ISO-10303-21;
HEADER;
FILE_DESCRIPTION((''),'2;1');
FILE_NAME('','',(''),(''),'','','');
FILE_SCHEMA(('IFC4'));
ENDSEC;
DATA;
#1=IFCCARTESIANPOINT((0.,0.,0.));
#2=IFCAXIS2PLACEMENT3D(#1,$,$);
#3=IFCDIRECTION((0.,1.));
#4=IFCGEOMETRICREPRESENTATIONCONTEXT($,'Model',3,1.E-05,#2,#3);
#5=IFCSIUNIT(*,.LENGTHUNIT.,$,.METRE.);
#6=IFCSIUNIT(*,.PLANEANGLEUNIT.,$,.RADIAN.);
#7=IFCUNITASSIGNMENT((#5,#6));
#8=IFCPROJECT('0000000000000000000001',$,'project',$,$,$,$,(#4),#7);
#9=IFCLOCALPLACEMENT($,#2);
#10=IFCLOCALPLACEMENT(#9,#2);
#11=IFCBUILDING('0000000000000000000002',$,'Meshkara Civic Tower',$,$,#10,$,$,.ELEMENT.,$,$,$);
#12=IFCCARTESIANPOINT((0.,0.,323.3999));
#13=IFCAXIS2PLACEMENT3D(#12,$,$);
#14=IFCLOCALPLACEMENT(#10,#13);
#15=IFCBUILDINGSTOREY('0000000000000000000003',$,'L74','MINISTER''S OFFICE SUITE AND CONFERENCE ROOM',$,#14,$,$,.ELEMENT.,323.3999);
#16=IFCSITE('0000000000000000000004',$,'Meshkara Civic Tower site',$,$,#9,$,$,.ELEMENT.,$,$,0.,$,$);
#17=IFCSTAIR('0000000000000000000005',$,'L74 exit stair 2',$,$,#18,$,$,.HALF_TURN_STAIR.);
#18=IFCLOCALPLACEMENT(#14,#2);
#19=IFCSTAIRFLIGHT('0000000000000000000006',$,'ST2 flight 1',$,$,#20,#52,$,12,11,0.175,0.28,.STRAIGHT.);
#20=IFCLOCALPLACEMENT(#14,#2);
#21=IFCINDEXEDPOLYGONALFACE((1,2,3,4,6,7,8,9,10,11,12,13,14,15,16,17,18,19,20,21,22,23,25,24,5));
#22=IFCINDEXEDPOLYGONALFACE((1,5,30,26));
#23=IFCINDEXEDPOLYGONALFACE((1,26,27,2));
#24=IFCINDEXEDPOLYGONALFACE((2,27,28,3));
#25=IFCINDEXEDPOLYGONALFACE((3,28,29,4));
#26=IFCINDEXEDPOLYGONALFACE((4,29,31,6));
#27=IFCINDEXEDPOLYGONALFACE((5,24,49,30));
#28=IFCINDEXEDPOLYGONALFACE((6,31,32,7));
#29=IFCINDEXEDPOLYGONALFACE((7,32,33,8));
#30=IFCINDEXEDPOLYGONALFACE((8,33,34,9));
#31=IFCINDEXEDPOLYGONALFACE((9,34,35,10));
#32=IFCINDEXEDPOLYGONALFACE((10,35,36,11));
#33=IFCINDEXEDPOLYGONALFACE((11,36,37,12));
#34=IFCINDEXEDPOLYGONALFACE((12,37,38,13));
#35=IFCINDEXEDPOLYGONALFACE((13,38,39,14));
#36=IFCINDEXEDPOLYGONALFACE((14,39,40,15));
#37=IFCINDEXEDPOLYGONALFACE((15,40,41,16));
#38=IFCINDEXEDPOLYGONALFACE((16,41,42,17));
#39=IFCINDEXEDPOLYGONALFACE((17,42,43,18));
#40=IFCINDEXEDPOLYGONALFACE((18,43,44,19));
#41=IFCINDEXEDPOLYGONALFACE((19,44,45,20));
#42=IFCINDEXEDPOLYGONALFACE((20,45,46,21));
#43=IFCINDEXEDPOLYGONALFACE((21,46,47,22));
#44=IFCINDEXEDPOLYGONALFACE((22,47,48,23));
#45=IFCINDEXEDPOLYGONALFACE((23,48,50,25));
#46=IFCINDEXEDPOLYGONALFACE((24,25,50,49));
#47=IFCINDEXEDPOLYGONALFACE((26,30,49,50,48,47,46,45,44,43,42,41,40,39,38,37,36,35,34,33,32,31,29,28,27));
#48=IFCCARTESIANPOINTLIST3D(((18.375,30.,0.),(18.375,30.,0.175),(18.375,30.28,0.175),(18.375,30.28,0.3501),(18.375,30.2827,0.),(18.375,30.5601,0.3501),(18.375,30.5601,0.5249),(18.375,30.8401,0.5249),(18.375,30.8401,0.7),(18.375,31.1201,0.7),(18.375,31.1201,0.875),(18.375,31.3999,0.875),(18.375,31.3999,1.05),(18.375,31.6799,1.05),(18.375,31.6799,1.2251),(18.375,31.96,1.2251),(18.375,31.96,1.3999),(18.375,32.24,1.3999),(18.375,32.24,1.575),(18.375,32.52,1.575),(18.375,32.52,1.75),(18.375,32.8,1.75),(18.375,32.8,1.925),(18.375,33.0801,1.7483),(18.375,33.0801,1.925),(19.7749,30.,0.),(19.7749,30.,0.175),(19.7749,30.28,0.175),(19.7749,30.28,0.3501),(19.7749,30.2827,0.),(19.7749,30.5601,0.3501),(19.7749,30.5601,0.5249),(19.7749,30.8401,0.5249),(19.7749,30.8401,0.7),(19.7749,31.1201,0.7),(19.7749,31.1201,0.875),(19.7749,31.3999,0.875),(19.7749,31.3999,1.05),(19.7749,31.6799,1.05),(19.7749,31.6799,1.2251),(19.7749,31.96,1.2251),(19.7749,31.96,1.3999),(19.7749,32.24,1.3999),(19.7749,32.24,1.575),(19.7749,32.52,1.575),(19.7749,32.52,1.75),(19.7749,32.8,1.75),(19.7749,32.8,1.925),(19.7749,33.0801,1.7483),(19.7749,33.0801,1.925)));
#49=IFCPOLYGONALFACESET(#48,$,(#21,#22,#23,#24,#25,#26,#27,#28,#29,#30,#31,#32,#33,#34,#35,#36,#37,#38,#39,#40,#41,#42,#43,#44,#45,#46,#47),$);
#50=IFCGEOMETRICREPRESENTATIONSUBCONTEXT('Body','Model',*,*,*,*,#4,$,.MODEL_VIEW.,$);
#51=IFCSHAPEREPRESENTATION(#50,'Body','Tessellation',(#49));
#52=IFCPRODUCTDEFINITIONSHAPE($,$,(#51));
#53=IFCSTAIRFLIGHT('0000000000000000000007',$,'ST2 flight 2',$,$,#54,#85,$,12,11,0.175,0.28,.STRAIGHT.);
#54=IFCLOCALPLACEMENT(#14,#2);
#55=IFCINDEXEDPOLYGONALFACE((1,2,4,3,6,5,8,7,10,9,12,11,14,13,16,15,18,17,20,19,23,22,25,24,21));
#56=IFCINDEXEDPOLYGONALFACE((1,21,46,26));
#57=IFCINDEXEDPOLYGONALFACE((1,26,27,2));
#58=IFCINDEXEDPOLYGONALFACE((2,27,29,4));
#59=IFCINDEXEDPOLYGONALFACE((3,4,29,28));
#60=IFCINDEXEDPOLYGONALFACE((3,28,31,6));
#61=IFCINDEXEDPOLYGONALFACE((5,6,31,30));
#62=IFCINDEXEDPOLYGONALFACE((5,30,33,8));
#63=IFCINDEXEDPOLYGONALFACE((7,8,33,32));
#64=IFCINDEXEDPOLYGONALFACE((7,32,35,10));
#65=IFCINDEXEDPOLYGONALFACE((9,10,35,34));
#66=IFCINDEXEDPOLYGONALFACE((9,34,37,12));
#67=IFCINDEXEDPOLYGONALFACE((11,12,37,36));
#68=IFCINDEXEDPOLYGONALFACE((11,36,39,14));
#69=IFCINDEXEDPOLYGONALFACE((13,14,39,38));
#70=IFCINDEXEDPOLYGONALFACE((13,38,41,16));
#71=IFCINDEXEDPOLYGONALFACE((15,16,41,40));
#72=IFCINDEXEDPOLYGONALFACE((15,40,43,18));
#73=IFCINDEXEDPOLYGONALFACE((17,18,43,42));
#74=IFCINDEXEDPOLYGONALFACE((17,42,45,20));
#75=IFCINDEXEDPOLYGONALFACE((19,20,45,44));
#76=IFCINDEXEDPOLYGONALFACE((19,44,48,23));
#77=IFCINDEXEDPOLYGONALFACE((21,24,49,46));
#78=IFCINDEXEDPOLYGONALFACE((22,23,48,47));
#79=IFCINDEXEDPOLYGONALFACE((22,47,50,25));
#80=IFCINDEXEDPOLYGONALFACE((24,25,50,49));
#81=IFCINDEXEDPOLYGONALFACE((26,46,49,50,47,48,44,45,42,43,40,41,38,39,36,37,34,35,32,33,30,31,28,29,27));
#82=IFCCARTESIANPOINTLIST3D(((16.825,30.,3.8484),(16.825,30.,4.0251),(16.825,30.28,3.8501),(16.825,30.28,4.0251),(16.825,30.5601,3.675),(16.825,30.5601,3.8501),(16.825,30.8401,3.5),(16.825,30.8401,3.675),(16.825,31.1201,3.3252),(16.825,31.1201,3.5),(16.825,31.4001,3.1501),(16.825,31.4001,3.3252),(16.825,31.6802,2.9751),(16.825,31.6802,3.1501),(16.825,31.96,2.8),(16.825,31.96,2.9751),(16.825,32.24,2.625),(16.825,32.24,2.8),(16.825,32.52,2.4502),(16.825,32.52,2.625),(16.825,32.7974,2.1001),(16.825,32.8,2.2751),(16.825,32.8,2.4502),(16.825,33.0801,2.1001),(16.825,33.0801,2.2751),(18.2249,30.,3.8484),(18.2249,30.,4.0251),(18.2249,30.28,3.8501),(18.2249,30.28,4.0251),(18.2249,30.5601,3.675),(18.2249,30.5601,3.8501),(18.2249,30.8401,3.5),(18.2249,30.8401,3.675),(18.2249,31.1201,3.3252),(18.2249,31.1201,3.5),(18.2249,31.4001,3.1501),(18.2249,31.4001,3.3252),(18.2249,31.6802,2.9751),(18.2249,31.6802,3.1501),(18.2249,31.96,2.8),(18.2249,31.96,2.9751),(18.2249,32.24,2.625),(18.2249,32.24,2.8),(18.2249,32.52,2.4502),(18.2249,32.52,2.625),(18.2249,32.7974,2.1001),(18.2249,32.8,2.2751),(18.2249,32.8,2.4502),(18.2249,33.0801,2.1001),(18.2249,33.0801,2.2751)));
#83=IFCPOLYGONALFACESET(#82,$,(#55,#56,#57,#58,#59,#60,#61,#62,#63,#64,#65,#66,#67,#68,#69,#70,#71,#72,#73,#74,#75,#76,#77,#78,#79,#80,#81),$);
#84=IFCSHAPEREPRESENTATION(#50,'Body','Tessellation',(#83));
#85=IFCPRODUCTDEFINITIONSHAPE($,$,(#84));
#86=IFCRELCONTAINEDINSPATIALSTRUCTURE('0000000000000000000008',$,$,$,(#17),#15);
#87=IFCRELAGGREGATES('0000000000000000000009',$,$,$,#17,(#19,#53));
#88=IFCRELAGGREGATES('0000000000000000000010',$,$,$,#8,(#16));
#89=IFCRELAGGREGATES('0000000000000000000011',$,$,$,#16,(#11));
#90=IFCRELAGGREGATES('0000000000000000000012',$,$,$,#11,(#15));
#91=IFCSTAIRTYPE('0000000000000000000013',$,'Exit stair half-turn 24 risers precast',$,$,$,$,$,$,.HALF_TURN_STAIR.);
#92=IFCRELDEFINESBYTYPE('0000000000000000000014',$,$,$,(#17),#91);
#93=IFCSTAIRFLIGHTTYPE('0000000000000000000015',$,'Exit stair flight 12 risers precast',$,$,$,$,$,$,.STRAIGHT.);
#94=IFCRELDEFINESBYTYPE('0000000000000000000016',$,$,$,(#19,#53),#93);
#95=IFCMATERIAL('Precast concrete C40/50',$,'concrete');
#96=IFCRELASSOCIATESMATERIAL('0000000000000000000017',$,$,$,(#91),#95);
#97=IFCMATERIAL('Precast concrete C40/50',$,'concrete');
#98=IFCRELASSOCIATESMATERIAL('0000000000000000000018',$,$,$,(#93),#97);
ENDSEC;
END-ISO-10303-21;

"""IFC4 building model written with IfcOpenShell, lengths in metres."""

from ifc_helpers import new_model, si_unit, direction, frame, origin, place, context, subcontext, project, spatial, polyline, outline, extrude, material, type_object, element, aggregate, save


model = new_model("IFC4")

# Units and contexts
model_context = context("Model", 3, precision=1e-05, world=origin(), true_north=direction((0.0, 1.0)))
body_context = subcontext(model_context, "Body", "Model", "MODEL_VIEW")
ifc_project = project(units=[si_unit("LENGTHUNIT", "METRE"), si_unit("PLANEANGLEUNIT", "RADIAN")], contexts=[model_context])

# Site, building, storey
site_placement = place(None, origin())
site = spatial("IfcSite", under=ifc_project, at=site_placement, Name="Meshkara Civic Tower site", CompositionType="ELEMENT", RefElevation=0.0)
building_placement = place(site_placement, origin())
building = spatial("IfcBuilding", under=site, at=building_placement, Name="Meshkara Civic Tower", CompositionType="ELEMENT")
storey_placement = place(building_placement, frame((0.0, 0.0, 323.3999)))
storey = spatial("IfcBuildingStorey", under=building, at=storey_placement, Name="L74", Description="MINISTER'S OFFICE SUITE AND CONFERENCE ROOM", CompositionType="ELEMENT", Elevation=323.3999)

# Shared definitions
ifc_material_1 = material(Name="Precast concrete C40/50", Category="concrete")
stair_type = type_object("IfcStairType", Name="Exit stair half-turn 24 risers precast", PredefinedType="HALF_TURN_STAIR", material=ifc_material_1)
ifc_material_2 = material(Name="Precast concrete C40/50", Category="concrete")
stair_flight_type = type_object("IfcStairFlightType", Name="Exit stair flight 12 risers precast", PredefinedType="STRAIGHT", material=ifc_material_2)

# Stair, stair flights
stair_1_placement = place(storey_placement, origin())
stair_1 = element("IfcStair", 1, at=stair_1_placement, inside=storey, type_object=stair_type, Name="L74 exit stair 2", PredefinedType="HALF_TURN_STAIR")
stair_flight_1_placement = place(storey_placement, frame((19.075, 30.0, 0.0), z_axis=(0.0, 0.0, 1.0), x_axis=(0.0, 1.0, 0.0)))
stair_flight_1 = element("IfcStairFlight", 2, at=stair_flight_1_placement, type_object=stair_flight_type, Name="ST2 flight 1", NumberOfRisers=12, NumberOfTreads=11, PredefinedType="STRAIGHT", RiserHeight=0.175, TreadLength=0.28, context=body_context, shape_type="SweptSolid", body=[
    extrude(outline(polyline([(0.0, 0.0), (0.0, 0.175), (0.28, 0.175), (0.28, 0.3501), (0.5601, 0.3501), (0.5601, 0.5249), (0.8401, 0.5249), (0.8401, 0.7), (1.1201, 0.7), (1.1201, 0.875), (1.3999, 0.875), (1.3999, 1.05), (1.6799, 1.05), (1.6799, 1.2251), (1.96, 1.2251), (1.96, 1.3999), (2.24, 1.3999), (2.24, 1.575), (2.52, 1.575), (2.52, 1.75), (2.8, 1.75), (2.8, 1.925), (3.0801, 1.925), (3.0801, 2.1001), (3.0801, 1.7483), (0.2827, 0.0), (0.0, 0.0)])), frame((0.0, 0.7, 0.0), z_axis=(0.0, -1.0, 0.0), x_axis=(1.0, 0.0, 0.0)), (0.0, 0.0, 1.0), 1.3999),
])
stair_flight_2_placement = place(storey_placement, frame((17.5249, 33.0801, 2.1001), z_axis=(0.0, 0.0, 1.0), x_axis=(0.0, -1.0, 0.0)))
stair_flight_2 = element("IfcStairFlight", 3, at=stair_flight_2_placement, type_object=stair_flight_type, Name="ST2 flight 2", NumberOfRisers=12, NumberOfTreads=11, PredefinedType="STRAIGHT", RiserHeight=0.175, TreadLength=0.28, context=body_context, shape_type="SweptSolid", body=[
    extrude(outline(polyline([(0.0, 0.0), (0.0, 0.175), (0.28, 0.175), (0.28, 0.3501), (0.5601, 0.3501), (0.5601, 0.5249), (0.8401, 0.5249), (0.8401, 0.7), (1.1201, 0.7), (1.1201, 0.875), (1.3999, 0.875), (1.3999, 1.05), (1.6799, 1.05), (1.6799, 1.2251), (1.96, 1.2251), (1.96, 1.3999), (2.24, 1.3999), (2.24, 1.575), (2.52, 1.575), (2.52, 1.75), (2.8, 1.75), (2.8, 1.925), (3.0801, 1.925), (3.0801, 2.1001), (3.0801, 1.7483), (0.2827, 0.0), (0.0, 0.0)])), frame((0.0, 0.7, 0.0), z_axis=(0.0, -1.0, 0.0), x_axis=(1.0, 0.0, 0.0)), (0.0, 0.0, 1.0), 1.3999),
])
aggregate(stair_1, [stair_flight_1, stair_flight_2])

save(model, "model.ifc")
